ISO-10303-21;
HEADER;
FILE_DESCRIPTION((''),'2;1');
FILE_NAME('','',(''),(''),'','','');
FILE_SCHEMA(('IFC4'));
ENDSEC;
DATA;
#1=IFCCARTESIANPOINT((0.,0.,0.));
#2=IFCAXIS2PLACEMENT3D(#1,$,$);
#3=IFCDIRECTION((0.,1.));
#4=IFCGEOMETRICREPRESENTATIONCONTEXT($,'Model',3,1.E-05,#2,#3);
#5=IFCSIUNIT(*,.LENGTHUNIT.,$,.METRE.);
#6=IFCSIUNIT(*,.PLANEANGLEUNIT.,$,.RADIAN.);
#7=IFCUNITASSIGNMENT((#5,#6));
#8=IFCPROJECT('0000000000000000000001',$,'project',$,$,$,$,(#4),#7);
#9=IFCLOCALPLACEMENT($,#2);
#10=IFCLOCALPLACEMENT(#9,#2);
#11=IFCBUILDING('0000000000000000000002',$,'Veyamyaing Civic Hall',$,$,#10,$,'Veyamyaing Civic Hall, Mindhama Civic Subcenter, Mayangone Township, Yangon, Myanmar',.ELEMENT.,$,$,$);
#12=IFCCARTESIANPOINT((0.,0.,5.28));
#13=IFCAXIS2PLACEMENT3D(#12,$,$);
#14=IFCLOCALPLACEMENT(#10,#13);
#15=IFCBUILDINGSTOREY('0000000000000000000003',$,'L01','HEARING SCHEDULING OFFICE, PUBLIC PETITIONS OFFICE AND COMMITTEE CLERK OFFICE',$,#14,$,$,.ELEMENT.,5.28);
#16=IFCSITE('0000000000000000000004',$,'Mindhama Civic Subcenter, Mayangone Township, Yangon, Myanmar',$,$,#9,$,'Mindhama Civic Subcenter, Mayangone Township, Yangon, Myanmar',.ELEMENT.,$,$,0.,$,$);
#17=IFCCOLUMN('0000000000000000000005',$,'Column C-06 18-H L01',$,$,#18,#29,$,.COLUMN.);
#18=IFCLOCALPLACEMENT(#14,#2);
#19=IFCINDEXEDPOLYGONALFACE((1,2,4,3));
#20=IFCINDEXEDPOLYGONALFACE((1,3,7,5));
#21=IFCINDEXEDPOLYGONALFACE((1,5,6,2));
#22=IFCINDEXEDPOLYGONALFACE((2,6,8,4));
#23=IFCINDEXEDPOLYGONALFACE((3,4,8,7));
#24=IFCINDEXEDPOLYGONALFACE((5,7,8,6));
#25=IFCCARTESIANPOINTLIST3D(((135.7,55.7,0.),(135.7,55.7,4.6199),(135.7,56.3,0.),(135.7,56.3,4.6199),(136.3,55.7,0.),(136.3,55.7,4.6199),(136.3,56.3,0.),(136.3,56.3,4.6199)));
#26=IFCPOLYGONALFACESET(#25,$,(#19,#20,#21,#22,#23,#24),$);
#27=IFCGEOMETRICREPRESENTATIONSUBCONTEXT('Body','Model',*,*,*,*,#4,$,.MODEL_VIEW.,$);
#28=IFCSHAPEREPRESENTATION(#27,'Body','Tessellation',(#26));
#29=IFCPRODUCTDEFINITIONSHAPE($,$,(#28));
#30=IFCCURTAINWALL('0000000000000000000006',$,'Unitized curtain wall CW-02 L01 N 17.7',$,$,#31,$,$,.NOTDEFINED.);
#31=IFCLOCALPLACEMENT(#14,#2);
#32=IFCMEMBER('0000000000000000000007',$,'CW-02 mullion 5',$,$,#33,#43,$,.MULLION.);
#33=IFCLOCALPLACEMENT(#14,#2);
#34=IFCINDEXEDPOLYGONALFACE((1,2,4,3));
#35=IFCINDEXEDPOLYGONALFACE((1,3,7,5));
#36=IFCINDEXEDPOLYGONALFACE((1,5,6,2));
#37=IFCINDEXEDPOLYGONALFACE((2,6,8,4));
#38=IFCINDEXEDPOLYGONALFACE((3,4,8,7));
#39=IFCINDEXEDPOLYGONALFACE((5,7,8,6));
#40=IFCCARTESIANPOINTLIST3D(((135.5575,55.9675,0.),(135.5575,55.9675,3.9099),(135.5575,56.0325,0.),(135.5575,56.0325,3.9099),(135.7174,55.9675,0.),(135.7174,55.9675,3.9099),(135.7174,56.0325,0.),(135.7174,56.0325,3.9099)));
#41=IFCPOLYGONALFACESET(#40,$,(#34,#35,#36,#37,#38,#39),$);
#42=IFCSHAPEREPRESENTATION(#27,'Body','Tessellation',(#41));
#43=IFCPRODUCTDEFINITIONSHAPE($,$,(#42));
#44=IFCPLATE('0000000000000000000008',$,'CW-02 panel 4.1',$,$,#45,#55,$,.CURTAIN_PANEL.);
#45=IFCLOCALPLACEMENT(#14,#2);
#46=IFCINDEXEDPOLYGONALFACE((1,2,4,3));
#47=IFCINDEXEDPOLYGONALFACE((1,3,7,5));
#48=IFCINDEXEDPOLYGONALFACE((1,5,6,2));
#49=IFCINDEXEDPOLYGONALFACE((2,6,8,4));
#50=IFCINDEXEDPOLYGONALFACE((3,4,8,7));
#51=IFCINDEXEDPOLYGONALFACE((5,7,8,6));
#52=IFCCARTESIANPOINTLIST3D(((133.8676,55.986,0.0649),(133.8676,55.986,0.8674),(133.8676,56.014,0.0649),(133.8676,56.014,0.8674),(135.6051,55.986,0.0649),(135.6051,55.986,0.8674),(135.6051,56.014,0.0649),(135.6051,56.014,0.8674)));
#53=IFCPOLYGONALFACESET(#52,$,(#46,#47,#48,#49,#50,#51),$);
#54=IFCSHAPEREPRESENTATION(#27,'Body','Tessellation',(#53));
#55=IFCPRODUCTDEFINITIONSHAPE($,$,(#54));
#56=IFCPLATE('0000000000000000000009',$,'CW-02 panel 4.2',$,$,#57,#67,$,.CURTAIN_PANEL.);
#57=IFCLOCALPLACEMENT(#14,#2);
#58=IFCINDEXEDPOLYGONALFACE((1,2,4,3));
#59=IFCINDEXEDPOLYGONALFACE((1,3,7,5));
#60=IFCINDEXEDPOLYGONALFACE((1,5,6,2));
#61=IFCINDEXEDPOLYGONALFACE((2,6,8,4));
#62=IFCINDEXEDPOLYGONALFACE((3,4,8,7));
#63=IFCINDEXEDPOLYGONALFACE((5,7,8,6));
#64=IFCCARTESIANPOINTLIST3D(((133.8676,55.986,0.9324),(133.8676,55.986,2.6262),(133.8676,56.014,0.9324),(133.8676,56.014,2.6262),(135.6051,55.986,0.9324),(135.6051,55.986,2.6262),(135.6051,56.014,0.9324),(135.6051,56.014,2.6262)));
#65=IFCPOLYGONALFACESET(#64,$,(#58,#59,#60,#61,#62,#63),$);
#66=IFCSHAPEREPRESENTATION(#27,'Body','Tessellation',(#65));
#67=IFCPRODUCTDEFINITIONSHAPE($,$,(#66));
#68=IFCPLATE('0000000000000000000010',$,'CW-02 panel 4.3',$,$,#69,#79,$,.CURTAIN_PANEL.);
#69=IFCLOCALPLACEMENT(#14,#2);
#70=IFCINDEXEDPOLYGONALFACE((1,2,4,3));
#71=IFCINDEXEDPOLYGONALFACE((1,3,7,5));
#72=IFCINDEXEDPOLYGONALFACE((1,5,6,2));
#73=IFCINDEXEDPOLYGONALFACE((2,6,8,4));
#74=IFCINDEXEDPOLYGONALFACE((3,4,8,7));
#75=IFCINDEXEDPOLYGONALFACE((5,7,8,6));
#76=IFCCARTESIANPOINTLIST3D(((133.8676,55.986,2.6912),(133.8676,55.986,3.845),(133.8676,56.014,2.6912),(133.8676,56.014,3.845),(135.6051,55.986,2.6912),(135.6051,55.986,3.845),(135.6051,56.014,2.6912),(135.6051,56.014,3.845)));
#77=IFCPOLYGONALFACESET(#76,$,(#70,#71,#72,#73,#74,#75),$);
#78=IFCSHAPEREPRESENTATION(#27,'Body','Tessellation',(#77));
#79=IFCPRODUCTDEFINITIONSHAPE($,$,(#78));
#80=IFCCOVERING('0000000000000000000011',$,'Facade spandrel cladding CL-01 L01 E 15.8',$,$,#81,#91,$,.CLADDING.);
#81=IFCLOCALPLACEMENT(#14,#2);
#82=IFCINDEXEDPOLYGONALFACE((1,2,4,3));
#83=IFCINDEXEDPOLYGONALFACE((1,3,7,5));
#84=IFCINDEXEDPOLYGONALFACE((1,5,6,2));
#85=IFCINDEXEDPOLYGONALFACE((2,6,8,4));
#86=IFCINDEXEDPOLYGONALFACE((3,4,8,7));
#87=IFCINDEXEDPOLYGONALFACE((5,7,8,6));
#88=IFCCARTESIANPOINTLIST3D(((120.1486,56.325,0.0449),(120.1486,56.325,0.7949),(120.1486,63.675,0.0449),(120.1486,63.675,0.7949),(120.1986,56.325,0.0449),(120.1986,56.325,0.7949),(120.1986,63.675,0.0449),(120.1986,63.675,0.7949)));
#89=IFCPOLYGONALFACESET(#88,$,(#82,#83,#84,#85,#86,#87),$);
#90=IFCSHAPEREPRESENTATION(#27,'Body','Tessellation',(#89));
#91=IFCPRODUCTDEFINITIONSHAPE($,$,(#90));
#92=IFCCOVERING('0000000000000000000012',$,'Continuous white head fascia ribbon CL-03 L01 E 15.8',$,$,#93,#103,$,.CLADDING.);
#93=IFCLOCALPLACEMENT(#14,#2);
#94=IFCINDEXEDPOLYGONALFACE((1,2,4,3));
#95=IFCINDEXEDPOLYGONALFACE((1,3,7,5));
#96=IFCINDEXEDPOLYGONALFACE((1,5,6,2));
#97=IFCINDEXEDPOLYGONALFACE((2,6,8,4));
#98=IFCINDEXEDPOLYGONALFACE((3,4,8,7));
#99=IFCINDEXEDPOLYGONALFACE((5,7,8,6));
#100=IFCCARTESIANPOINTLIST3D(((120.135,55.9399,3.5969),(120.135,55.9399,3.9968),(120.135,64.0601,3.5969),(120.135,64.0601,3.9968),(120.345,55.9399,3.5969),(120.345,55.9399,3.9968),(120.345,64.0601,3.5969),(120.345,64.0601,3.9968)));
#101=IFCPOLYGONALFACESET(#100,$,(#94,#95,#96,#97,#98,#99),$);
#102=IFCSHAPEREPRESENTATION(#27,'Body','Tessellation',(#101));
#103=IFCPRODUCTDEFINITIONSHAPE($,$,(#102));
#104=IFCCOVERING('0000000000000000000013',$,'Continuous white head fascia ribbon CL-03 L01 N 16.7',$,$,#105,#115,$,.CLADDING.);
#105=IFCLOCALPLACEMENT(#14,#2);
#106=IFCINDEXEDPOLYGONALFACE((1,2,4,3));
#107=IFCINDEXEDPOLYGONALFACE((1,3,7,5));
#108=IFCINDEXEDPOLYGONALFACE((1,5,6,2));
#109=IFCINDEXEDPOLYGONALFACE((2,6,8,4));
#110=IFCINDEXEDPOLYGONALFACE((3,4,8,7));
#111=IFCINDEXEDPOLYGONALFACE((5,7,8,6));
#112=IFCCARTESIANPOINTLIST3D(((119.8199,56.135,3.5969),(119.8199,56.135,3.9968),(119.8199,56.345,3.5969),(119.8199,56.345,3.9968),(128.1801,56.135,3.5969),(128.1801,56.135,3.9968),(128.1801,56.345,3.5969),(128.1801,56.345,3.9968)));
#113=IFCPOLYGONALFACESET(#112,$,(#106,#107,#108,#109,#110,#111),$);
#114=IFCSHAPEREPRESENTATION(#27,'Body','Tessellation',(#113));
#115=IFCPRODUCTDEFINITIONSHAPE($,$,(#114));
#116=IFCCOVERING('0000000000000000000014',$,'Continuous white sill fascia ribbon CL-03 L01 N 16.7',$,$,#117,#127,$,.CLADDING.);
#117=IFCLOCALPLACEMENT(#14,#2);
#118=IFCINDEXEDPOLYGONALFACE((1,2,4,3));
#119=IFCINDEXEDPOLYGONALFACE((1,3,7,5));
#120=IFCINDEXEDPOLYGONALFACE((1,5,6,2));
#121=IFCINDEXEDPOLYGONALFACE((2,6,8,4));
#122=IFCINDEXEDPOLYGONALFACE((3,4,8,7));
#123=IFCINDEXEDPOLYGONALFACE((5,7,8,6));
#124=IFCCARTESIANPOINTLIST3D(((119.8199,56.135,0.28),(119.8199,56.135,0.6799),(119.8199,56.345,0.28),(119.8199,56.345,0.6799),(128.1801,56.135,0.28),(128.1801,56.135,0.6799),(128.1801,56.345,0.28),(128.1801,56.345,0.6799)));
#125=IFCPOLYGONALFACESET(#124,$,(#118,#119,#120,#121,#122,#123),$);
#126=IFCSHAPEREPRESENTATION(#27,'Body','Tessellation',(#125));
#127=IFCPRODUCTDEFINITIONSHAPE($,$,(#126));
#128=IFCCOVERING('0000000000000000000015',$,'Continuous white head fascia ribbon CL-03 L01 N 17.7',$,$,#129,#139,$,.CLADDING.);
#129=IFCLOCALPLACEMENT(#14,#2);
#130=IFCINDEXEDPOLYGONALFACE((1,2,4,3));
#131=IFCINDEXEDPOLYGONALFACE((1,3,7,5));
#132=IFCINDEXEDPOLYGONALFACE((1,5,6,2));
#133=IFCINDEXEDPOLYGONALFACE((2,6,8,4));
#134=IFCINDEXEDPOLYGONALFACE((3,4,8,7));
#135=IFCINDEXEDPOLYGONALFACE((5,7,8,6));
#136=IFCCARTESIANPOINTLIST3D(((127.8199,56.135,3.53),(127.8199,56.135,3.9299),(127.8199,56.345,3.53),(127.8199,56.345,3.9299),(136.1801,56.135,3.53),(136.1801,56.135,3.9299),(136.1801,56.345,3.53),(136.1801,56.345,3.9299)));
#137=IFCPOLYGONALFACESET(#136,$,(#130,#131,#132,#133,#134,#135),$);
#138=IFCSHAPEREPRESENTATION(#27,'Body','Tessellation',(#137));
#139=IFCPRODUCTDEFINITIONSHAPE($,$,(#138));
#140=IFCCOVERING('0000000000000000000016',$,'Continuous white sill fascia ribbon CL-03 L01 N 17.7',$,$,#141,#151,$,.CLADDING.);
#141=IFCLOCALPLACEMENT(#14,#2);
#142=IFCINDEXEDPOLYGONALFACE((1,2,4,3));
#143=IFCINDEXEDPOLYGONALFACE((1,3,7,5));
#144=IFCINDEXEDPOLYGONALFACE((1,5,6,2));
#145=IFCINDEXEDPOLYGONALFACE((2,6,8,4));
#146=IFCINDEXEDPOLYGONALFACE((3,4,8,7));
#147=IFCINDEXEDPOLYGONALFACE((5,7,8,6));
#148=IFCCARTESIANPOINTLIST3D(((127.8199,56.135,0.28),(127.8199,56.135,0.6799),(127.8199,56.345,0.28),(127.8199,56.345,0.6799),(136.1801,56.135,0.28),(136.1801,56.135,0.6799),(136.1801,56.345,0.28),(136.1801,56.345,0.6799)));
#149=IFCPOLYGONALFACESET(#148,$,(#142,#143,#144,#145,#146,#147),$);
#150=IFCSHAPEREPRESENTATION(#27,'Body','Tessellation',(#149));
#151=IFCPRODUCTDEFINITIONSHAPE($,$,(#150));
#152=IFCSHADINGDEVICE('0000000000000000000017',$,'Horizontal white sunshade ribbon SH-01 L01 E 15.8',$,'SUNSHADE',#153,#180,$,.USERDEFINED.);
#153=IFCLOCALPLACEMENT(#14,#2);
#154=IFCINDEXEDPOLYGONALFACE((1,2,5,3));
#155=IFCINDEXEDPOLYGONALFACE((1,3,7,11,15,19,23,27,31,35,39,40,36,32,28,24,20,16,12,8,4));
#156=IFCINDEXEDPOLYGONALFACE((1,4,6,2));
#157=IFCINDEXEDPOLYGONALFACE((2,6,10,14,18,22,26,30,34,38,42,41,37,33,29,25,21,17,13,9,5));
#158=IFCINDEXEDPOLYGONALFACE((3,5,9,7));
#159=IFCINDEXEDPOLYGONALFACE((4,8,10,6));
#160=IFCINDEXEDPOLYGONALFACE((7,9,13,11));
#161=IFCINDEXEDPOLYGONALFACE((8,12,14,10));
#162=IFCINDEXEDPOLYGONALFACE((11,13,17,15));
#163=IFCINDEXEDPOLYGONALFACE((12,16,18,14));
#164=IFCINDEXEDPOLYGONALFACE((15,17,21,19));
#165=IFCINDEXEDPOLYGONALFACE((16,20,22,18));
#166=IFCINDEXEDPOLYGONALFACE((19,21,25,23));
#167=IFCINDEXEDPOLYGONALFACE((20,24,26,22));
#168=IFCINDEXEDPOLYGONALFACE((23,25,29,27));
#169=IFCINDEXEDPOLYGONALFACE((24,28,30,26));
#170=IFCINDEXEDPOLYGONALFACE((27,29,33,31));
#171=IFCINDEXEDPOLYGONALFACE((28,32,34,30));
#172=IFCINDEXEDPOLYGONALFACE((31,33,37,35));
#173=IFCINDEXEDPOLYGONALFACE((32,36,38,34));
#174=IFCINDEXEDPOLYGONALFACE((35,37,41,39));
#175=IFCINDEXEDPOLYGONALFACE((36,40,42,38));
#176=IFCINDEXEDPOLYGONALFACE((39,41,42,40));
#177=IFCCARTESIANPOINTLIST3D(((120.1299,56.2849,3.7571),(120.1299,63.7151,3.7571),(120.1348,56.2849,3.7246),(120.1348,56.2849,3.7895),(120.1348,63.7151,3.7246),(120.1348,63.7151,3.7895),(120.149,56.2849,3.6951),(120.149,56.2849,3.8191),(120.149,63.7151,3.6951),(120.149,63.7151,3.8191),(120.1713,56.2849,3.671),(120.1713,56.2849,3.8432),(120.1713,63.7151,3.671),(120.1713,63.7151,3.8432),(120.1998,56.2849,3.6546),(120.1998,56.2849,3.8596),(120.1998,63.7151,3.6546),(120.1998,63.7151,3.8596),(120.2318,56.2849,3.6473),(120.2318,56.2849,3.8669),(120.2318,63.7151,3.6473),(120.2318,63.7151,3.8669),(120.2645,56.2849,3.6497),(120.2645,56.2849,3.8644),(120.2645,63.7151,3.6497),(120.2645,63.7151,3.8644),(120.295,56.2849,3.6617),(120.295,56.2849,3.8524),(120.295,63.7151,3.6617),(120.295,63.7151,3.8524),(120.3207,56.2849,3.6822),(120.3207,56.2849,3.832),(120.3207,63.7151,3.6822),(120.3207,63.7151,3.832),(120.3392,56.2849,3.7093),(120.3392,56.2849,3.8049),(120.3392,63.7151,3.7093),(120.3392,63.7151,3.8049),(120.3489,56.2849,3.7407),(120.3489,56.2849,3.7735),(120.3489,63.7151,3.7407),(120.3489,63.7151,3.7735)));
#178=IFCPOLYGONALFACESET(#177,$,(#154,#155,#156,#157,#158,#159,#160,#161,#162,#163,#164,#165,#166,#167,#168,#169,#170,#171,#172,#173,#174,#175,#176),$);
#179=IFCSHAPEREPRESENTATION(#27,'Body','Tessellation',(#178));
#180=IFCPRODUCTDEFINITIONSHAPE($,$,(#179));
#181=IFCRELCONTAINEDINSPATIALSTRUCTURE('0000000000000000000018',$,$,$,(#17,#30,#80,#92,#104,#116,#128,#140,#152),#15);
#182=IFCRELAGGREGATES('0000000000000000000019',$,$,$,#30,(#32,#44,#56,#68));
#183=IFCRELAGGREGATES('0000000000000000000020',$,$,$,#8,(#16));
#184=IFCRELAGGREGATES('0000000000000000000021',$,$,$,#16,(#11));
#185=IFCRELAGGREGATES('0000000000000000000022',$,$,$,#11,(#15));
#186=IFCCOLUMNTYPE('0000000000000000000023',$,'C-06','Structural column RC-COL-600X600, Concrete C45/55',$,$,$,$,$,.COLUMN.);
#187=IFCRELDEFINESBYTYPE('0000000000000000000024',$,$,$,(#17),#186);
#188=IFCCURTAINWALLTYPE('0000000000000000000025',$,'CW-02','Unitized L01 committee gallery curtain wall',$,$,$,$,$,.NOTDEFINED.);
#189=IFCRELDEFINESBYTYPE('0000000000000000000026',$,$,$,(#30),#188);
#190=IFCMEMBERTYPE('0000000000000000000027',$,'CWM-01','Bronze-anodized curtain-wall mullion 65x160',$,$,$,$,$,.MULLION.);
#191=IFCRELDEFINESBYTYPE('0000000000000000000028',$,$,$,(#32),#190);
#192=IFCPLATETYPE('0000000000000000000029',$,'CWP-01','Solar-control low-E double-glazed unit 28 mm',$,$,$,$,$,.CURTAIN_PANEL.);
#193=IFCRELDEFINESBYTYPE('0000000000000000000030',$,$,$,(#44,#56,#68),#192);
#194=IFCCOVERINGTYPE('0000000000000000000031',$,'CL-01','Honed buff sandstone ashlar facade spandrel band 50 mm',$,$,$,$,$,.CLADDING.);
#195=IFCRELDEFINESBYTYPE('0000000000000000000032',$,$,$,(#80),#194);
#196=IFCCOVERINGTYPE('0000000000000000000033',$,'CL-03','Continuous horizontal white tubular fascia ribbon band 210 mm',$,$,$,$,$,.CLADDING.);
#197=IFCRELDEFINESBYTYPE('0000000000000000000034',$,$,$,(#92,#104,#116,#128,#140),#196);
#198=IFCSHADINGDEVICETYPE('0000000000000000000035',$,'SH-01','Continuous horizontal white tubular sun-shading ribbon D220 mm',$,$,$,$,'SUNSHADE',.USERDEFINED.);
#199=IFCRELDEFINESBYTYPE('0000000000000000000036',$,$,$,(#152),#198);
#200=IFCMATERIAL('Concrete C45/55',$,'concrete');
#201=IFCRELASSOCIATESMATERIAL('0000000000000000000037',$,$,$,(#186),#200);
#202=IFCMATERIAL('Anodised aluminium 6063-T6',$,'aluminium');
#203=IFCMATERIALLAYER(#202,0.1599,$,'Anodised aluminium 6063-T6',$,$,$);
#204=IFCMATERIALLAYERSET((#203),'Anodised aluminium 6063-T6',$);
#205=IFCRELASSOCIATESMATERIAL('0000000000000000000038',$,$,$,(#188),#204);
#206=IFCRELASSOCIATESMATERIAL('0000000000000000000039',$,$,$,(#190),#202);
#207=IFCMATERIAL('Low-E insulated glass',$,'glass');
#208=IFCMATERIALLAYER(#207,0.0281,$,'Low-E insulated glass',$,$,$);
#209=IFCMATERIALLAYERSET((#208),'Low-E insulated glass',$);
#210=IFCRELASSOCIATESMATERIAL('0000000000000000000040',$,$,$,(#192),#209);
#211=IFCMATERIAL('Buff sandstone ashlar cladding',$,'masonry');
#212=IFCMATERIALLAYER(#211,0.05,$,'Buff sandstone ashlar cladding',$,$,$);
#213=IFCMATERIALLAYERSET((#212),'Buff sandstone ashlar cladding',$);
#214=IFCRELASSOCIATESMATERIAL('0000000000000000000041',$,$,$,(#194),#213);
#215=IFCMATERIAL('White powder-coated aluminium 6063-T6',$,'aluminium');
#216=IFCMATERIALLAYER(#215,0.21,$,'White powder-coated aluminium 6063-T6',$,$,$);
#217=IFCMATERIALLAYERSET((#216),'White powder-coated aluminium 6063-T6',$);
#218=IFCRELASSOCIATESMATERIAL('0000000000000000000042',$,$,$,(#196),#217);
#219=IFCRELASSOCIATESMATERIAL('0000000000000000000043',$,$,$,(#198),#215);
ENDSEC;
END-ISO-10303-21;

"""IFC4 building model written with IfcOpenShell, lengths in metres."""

from ifc_helpers import new_model, si_unit, direction, frame, origin, origin_2d, place, context, subcontext, project, spatial, rectangle, circle, extrude, material, layer, layer_set, material_profile, profile_set, type_object, element, aggregate, save


model = new_model("IFC4")

# Units and contexts
model_context = context("Model", 3, precision=1e-05, world=origin(), true_north=direction((0.0, 1.0)))
body_context = subcontext(model_context, "Body", "Model", "MODEL_VIEW")
ifc_project = project(units=[si_unit("LENGTHUNIT", "METRE"), si_unit("PLANEANGLEUNIT", "RADIAN")], contexts=[model_context])

# Site, building, storey
site_placement = place(None, origin())
site = spatial("IfcSite", under=ifc_project, at=site_placement, Name="Mindhama Civic Subcenter, Mayangone Township, Yangon, Myanmar", LongName="Mindhama Civic Subcenter, Mayangone Township, Yangon, Myanmar", CompositionType="ELEMENT", RefElevation=0.0)
building_placement = place(site_placement, origin())
building = spatial("IfcBuilding", under=site, at=building_placement, Name="Veyamyaing Civic Hall", LongName="Veyamyaing Civic Hall, Mindhama Civic Subcenter, Mayangone Township, Yangon, Myanmar", CompositionType="ELEMENT")
storey_placement = place(building_placement, frame((0.0, 0.0, 5.28)))
storey = spatial("IfcBuildingStorey", under=building, at=storey_placement, Name="L01", Description="HEARING SCHEDULING OFFICE, PUBLIC PETITIONS OFFICE AND COMMITTEE CLERK OFFICE", CompositionType="ELEMENT", Elevation=5.28)

# Column
ifc_material_1 = material(Name="Concrete C45/55", Category="concrete")
ifc_material_profile_1 = material_profile(ifc_material_1, rectangle(XDim=0.6001, YDim=0.6001, at=origin_2d()), Name="RC-COL-600X600")
ifc_profile_set_1 = profile_set([ifc_material_profile_1], Name="Concrete C45/55")
column_type = type_object("IfcColumnType", Name="C-06", Description="Structural column RC-COL-600X600, Concrete C45/55", PredefinedType="COLUMN", material=ifc_profile_set_1)
column_placement = place(storey_placement, frame((136.0, 56.0, 0.0), z_axis=(0.0, 0.0, 1.0), x_axis=(1.0, 0.0, 0.0)))
element("IfcColumn", 1, at=column_placement, inside=storey, type_object=column_type, Name="Column C-06 18-H L01", PredefinedType="COLUMN", context=body_context, shape_type="SweptSolid", body=[
    extrude(rectangle(XDim=0.6001, YDim=0.6001, at=origin_2d()), origin(), (0.0, 0.0, 1.0), 4.6199),
])

# Curtain wall, member, plates
ifc_material_2 = material(Name="Anodised aluminium 6063-T6", Category="aluminium")
ifc_layer_1 = layer(ifc_material_2, 0.1599, Name="Anodised aluminium 6063-T6")
ifc_layer_set_1 = layer_set([ifc_layer_1], Name="Anodised aluminium 6063-T6")
curtain_wall_type = type_object("IfcCurtainWallType", Name="CW-02", Description="Unitized L01 committee gallery curtain wall", PredefinedType="NOTDEFINED", material=ifc_layer_set_1)
curtain_wall_placement = place(storey_placement, origin())
curtain_wall = element("IfcCurtainWall", 2, at=curtain_wall_placement, inside=storey, type_object=curtain_wall_type, Name="Unitized curtain wall CW-02 L01 N 17.7", PredefinedType="NOTDEFINED")
ifc_material_profile_2 = material_profile(ifc_material_2, rectangle(XDim=0.0649, YDim=0.1599, at=origin_2d()), Name="ALU-MUL-65X160")
ifc_profile_set_2 = profile_set([ifc_material_profile_2], Name="Anodised aluminium 6063-T6")
member_type = type_object("IfcMemberType", Name="CWM-01", Description="Bronze-anodized curtain-wall mullion 65x160", PredefinedType="MULLION", material=ifc_profile_set_2)
member_placement = place(storey_placement, frame((135.6375, 56.0, 0.0), z_axis=(0.0, 0.0, 1.0), x_axis=(0.0, 1.0, 0.0)))
member = element("IfcMember", 3, at=member_placement, type_object=member_type, Name="CW-02 mullion 5", PredefinedType="MULLION", context=body_context, shape_type="SweptSolid", body=[
    extrude(rectangle(XDim=0.0649, YDim=0.1599, at=origin_2d()), origin(), (0.0, 0.0, 1.0), 3.9099),
])
ifc_material_3 = material(Name="Low-E insulated glass", Category="glass")
ifc_layer_2 = layer(ifc_material_3, 0.0281, Name="Low-E insulated glass")
ifc_layer_set_2 = layer_set([ifc_layer_2], Name="Low-E insulated glass")
plate_type = type_object("IfcPlateType", Name="CWP-01", Description="Solar-control low-E double-glazed unit 28 mm", PredefinedType="CURTAIN_PANEL", material=ifc_layer_set_2)
plate_1_placement = place(storey_placement, frame((134.7363, 56.0, 0.0649), z_axis=(0.0, 0.0, 1.0), x_axis=(1.0, 0.0, 0.0)))
plate_1 = element("IfcPlate", 4, at=plate_1_placement, type_object=plate_type, Name="CW-02 panel 4.1", PredefinedType="CURTAIN_PANEL", context=body_context, shape_type="SweptSolid", body=[
    extrude(rectangle(XDim=1.7375, YDim=0.0281, at=origin_2d()), origin(), (0.0, 0.0, 1.0), 0.8025),
])
plate_2_placement = place(storey_placement, frame((134.7363, 56.0, 0.9324), z_axis=(0.0, 0.0, 1.0), x_axis=(1.0, 0.0, 0.0)))
plate_2 = element("IfcPlate", 5, at=plate_2_placement, type_object=plate_type, Name="CW-02 panel 4.2", PredefinedType="CURTAIN_PANEL", context=body_context, shape_type="SweptSolid", body=[
    extrude(rectangle(XDim=1.7375, YDim=0.0281, at=origin_2d()), origin(), (0.0, 0.0, 1.0), 1.6938),
])
plate_3_placement = place(storey_placement, frame((134.7363, 56.0, 2.6912), z_axis=(0.0, 0.0, 1.0), x_axis=(1.0, 0.0, 0.0)))
plate_3 = element("IfcPlate", 6, at=plate_3_placement, type_object=plate_type, Name="CW-02 panel 4.3", PredefinedType="CURTAIN_PANEL", context=body_context, shape_type="SweptSolid", body=[
    extrude(rectangle(XDim=1.7375, YDim=0.0281, at=origin_2d()), origin(), (0.0, 0.0, 1.0), 1.1538),
])
aggregate(curtain_wall, [member, plate_1, plate_2, plate_3])

# Coverings
ifc_material_4 = material(Name="Buff sandstone ashlar cladding", Category="masonry")
ifc_layer_3 = layer(ifc_material_4, 0.05, Name="Buff sandstone ashlar cladding")
ifc_layer_set_3 = layer_set([ifc_layer_3], Name="Buff sandstone ashlar cladding")
covering_type_1 = type_object("IfcCoveringType", Name="CL-01", Description="Honed buff sandstone ashlar facade spandrel band 50 mm", PredefinedType="CLADDING", material=ifc_layer_set_3)
covering_1_placement = place(storey_placement, frame((120.1736, 60.0, 0.0449), z_axis=(0.0, 0.0, 1.0), x_axis=(0.0, 1.0, 0.0)))
element("IfcCovering", 7, at=covering_1_placement, inside=storey, type_object=covering_type_1, Name="Facade spandrel cladding CL-01 L01 E 15.8", PredefinedType="CLADDING", context=body_context, shape_type="SweptSolid", body=[
    extrude(rectangle(XDim=7.3501, YDim=0.05, at=origin_2d()), origin(), (0.0, 0.0, 1.0), 0.75),
])
ifc_material_5 = material(Name="White powder-coated aluminium 6063-T6", Category="aluminium")
ifc_layer_4 = layer(ifc_material_5, 0.21, Name="White powder-coated aluminium 6063-T6")
ifc_layer_set_4 = layer_set([ifc_layer_4], Name="White powder-coated aluminium 6063-T6")
covering_type_2 = type_object("IfcCoveringType", Name="CL-03", Description="Continuous horizontal white tubular fascia ribbon band 210 mm", PredefinedType="CLADDING", material=ifc_layer_set_4)
covering_2_placement = place(storey_placement, frame((120.24, 60.0, 3.5969), z_axis=(0.0, 0.0, 1.0), x_axis=(0.0, 1.0, 0.0)))
element("IfcCovering", 8, at=covering_2_placement, inside=storey, type_object=covering_type_2, Name="Continuous white head fascia ribbon CL-03 L01 E 15.8", PredefinedType="CLADDING", context=body_context, shape_type="SweptSolid", body=[
    extrude(rectangle(XDim=8.1201, YDim=0.21, at=origin_2d()), origin(), (0.0, 0.0, 1.0), 0.3999),
])
for number, where, z_axis, x_axis, name in (
    (9, (124.0, 56.24, 3.5969), (0.0, 0.0, 1.0), (1.0, 0.0, 0.0), "Continuous white head fascia ribbon CL-03 L01 N 16.7"),
    (10, (124.0, 56.24, 0.28), (0.0, 0.0, 1.0), (1.0, 0.0, 0.0), "Continuous white sill fascia ribbon CL-03 L01 N 16.7"),
    (11, (132.0, 56.24, 3.53), (0.0, 0.0, 1.0), (1.0, 0.0, 0.0), "Continuous white head fascia ribbon CL-03 L01 N 17.7"),
    (12, (132.0, 56.24, 0.28), (0.0, 0.0, 1.0), (1.0, 0.0, 0.0), "Continuous white sill fascia ribbon CL-03 L01 N 17.7"),
):
    element("IfcCovering", number, at=place(storey_placement, frame(where, z_axis=z_axis, x_axis=x_axis)), inside=storey, type_object=covering_type_2, Name=name, PredefinedType="CLADDING", context=body_context, shape_type="SweptSolid", body=[
        extrude(rectangle(XDim=8.3601, YDim=0.21, at=origin_2d()), origin(), (0.0, 0.0, 1.0), 0.3999),
    ])

# Shading device
ifc_material_profile_3 = material_profile(ifc_material_5, circle(Radius=0.1101, at=origin_2d()), Name="SHADE-TUBE-220")
ifc_profile_set_3 = profile_set([ifc_material_profile_3], Name="White powder-coated aluminium 6063-T6")
shading_device_type_1 = type_object("IfcShadingDeviceType", Name="SH-01", Description="Continuous horizontal white tubular sun-shading ribbon D220 mm", ElementType="SUNSHADE", PredefinedType="USERDEFINED", material=ifc_profile_set_3)
shading_device_placement = place(storey_placement, frame((120.24, 56.2849, 3.7571), z_axis=(0.0, 1.0, 0.0), x_axis=(-1.0, 0.0, 0.0)))
element("IfcShadingDevice", 13, at=shading_device_placement, inside=storey, type_object=shading_device_type_1, Name="Horizontal white sunshade ribbon SH-01 L01 E 15.8", ObjectType="SUNSHADE", PredefinedType="USERDEFINED", context=body_context, shape_type="SweptSolid", body=[
    extrude(circle(Radius=0.1101, at=origin_2d()), origin(), (0.0, 0.0, 1.0), 7.4302),
])

save(model, "model.ifc")
